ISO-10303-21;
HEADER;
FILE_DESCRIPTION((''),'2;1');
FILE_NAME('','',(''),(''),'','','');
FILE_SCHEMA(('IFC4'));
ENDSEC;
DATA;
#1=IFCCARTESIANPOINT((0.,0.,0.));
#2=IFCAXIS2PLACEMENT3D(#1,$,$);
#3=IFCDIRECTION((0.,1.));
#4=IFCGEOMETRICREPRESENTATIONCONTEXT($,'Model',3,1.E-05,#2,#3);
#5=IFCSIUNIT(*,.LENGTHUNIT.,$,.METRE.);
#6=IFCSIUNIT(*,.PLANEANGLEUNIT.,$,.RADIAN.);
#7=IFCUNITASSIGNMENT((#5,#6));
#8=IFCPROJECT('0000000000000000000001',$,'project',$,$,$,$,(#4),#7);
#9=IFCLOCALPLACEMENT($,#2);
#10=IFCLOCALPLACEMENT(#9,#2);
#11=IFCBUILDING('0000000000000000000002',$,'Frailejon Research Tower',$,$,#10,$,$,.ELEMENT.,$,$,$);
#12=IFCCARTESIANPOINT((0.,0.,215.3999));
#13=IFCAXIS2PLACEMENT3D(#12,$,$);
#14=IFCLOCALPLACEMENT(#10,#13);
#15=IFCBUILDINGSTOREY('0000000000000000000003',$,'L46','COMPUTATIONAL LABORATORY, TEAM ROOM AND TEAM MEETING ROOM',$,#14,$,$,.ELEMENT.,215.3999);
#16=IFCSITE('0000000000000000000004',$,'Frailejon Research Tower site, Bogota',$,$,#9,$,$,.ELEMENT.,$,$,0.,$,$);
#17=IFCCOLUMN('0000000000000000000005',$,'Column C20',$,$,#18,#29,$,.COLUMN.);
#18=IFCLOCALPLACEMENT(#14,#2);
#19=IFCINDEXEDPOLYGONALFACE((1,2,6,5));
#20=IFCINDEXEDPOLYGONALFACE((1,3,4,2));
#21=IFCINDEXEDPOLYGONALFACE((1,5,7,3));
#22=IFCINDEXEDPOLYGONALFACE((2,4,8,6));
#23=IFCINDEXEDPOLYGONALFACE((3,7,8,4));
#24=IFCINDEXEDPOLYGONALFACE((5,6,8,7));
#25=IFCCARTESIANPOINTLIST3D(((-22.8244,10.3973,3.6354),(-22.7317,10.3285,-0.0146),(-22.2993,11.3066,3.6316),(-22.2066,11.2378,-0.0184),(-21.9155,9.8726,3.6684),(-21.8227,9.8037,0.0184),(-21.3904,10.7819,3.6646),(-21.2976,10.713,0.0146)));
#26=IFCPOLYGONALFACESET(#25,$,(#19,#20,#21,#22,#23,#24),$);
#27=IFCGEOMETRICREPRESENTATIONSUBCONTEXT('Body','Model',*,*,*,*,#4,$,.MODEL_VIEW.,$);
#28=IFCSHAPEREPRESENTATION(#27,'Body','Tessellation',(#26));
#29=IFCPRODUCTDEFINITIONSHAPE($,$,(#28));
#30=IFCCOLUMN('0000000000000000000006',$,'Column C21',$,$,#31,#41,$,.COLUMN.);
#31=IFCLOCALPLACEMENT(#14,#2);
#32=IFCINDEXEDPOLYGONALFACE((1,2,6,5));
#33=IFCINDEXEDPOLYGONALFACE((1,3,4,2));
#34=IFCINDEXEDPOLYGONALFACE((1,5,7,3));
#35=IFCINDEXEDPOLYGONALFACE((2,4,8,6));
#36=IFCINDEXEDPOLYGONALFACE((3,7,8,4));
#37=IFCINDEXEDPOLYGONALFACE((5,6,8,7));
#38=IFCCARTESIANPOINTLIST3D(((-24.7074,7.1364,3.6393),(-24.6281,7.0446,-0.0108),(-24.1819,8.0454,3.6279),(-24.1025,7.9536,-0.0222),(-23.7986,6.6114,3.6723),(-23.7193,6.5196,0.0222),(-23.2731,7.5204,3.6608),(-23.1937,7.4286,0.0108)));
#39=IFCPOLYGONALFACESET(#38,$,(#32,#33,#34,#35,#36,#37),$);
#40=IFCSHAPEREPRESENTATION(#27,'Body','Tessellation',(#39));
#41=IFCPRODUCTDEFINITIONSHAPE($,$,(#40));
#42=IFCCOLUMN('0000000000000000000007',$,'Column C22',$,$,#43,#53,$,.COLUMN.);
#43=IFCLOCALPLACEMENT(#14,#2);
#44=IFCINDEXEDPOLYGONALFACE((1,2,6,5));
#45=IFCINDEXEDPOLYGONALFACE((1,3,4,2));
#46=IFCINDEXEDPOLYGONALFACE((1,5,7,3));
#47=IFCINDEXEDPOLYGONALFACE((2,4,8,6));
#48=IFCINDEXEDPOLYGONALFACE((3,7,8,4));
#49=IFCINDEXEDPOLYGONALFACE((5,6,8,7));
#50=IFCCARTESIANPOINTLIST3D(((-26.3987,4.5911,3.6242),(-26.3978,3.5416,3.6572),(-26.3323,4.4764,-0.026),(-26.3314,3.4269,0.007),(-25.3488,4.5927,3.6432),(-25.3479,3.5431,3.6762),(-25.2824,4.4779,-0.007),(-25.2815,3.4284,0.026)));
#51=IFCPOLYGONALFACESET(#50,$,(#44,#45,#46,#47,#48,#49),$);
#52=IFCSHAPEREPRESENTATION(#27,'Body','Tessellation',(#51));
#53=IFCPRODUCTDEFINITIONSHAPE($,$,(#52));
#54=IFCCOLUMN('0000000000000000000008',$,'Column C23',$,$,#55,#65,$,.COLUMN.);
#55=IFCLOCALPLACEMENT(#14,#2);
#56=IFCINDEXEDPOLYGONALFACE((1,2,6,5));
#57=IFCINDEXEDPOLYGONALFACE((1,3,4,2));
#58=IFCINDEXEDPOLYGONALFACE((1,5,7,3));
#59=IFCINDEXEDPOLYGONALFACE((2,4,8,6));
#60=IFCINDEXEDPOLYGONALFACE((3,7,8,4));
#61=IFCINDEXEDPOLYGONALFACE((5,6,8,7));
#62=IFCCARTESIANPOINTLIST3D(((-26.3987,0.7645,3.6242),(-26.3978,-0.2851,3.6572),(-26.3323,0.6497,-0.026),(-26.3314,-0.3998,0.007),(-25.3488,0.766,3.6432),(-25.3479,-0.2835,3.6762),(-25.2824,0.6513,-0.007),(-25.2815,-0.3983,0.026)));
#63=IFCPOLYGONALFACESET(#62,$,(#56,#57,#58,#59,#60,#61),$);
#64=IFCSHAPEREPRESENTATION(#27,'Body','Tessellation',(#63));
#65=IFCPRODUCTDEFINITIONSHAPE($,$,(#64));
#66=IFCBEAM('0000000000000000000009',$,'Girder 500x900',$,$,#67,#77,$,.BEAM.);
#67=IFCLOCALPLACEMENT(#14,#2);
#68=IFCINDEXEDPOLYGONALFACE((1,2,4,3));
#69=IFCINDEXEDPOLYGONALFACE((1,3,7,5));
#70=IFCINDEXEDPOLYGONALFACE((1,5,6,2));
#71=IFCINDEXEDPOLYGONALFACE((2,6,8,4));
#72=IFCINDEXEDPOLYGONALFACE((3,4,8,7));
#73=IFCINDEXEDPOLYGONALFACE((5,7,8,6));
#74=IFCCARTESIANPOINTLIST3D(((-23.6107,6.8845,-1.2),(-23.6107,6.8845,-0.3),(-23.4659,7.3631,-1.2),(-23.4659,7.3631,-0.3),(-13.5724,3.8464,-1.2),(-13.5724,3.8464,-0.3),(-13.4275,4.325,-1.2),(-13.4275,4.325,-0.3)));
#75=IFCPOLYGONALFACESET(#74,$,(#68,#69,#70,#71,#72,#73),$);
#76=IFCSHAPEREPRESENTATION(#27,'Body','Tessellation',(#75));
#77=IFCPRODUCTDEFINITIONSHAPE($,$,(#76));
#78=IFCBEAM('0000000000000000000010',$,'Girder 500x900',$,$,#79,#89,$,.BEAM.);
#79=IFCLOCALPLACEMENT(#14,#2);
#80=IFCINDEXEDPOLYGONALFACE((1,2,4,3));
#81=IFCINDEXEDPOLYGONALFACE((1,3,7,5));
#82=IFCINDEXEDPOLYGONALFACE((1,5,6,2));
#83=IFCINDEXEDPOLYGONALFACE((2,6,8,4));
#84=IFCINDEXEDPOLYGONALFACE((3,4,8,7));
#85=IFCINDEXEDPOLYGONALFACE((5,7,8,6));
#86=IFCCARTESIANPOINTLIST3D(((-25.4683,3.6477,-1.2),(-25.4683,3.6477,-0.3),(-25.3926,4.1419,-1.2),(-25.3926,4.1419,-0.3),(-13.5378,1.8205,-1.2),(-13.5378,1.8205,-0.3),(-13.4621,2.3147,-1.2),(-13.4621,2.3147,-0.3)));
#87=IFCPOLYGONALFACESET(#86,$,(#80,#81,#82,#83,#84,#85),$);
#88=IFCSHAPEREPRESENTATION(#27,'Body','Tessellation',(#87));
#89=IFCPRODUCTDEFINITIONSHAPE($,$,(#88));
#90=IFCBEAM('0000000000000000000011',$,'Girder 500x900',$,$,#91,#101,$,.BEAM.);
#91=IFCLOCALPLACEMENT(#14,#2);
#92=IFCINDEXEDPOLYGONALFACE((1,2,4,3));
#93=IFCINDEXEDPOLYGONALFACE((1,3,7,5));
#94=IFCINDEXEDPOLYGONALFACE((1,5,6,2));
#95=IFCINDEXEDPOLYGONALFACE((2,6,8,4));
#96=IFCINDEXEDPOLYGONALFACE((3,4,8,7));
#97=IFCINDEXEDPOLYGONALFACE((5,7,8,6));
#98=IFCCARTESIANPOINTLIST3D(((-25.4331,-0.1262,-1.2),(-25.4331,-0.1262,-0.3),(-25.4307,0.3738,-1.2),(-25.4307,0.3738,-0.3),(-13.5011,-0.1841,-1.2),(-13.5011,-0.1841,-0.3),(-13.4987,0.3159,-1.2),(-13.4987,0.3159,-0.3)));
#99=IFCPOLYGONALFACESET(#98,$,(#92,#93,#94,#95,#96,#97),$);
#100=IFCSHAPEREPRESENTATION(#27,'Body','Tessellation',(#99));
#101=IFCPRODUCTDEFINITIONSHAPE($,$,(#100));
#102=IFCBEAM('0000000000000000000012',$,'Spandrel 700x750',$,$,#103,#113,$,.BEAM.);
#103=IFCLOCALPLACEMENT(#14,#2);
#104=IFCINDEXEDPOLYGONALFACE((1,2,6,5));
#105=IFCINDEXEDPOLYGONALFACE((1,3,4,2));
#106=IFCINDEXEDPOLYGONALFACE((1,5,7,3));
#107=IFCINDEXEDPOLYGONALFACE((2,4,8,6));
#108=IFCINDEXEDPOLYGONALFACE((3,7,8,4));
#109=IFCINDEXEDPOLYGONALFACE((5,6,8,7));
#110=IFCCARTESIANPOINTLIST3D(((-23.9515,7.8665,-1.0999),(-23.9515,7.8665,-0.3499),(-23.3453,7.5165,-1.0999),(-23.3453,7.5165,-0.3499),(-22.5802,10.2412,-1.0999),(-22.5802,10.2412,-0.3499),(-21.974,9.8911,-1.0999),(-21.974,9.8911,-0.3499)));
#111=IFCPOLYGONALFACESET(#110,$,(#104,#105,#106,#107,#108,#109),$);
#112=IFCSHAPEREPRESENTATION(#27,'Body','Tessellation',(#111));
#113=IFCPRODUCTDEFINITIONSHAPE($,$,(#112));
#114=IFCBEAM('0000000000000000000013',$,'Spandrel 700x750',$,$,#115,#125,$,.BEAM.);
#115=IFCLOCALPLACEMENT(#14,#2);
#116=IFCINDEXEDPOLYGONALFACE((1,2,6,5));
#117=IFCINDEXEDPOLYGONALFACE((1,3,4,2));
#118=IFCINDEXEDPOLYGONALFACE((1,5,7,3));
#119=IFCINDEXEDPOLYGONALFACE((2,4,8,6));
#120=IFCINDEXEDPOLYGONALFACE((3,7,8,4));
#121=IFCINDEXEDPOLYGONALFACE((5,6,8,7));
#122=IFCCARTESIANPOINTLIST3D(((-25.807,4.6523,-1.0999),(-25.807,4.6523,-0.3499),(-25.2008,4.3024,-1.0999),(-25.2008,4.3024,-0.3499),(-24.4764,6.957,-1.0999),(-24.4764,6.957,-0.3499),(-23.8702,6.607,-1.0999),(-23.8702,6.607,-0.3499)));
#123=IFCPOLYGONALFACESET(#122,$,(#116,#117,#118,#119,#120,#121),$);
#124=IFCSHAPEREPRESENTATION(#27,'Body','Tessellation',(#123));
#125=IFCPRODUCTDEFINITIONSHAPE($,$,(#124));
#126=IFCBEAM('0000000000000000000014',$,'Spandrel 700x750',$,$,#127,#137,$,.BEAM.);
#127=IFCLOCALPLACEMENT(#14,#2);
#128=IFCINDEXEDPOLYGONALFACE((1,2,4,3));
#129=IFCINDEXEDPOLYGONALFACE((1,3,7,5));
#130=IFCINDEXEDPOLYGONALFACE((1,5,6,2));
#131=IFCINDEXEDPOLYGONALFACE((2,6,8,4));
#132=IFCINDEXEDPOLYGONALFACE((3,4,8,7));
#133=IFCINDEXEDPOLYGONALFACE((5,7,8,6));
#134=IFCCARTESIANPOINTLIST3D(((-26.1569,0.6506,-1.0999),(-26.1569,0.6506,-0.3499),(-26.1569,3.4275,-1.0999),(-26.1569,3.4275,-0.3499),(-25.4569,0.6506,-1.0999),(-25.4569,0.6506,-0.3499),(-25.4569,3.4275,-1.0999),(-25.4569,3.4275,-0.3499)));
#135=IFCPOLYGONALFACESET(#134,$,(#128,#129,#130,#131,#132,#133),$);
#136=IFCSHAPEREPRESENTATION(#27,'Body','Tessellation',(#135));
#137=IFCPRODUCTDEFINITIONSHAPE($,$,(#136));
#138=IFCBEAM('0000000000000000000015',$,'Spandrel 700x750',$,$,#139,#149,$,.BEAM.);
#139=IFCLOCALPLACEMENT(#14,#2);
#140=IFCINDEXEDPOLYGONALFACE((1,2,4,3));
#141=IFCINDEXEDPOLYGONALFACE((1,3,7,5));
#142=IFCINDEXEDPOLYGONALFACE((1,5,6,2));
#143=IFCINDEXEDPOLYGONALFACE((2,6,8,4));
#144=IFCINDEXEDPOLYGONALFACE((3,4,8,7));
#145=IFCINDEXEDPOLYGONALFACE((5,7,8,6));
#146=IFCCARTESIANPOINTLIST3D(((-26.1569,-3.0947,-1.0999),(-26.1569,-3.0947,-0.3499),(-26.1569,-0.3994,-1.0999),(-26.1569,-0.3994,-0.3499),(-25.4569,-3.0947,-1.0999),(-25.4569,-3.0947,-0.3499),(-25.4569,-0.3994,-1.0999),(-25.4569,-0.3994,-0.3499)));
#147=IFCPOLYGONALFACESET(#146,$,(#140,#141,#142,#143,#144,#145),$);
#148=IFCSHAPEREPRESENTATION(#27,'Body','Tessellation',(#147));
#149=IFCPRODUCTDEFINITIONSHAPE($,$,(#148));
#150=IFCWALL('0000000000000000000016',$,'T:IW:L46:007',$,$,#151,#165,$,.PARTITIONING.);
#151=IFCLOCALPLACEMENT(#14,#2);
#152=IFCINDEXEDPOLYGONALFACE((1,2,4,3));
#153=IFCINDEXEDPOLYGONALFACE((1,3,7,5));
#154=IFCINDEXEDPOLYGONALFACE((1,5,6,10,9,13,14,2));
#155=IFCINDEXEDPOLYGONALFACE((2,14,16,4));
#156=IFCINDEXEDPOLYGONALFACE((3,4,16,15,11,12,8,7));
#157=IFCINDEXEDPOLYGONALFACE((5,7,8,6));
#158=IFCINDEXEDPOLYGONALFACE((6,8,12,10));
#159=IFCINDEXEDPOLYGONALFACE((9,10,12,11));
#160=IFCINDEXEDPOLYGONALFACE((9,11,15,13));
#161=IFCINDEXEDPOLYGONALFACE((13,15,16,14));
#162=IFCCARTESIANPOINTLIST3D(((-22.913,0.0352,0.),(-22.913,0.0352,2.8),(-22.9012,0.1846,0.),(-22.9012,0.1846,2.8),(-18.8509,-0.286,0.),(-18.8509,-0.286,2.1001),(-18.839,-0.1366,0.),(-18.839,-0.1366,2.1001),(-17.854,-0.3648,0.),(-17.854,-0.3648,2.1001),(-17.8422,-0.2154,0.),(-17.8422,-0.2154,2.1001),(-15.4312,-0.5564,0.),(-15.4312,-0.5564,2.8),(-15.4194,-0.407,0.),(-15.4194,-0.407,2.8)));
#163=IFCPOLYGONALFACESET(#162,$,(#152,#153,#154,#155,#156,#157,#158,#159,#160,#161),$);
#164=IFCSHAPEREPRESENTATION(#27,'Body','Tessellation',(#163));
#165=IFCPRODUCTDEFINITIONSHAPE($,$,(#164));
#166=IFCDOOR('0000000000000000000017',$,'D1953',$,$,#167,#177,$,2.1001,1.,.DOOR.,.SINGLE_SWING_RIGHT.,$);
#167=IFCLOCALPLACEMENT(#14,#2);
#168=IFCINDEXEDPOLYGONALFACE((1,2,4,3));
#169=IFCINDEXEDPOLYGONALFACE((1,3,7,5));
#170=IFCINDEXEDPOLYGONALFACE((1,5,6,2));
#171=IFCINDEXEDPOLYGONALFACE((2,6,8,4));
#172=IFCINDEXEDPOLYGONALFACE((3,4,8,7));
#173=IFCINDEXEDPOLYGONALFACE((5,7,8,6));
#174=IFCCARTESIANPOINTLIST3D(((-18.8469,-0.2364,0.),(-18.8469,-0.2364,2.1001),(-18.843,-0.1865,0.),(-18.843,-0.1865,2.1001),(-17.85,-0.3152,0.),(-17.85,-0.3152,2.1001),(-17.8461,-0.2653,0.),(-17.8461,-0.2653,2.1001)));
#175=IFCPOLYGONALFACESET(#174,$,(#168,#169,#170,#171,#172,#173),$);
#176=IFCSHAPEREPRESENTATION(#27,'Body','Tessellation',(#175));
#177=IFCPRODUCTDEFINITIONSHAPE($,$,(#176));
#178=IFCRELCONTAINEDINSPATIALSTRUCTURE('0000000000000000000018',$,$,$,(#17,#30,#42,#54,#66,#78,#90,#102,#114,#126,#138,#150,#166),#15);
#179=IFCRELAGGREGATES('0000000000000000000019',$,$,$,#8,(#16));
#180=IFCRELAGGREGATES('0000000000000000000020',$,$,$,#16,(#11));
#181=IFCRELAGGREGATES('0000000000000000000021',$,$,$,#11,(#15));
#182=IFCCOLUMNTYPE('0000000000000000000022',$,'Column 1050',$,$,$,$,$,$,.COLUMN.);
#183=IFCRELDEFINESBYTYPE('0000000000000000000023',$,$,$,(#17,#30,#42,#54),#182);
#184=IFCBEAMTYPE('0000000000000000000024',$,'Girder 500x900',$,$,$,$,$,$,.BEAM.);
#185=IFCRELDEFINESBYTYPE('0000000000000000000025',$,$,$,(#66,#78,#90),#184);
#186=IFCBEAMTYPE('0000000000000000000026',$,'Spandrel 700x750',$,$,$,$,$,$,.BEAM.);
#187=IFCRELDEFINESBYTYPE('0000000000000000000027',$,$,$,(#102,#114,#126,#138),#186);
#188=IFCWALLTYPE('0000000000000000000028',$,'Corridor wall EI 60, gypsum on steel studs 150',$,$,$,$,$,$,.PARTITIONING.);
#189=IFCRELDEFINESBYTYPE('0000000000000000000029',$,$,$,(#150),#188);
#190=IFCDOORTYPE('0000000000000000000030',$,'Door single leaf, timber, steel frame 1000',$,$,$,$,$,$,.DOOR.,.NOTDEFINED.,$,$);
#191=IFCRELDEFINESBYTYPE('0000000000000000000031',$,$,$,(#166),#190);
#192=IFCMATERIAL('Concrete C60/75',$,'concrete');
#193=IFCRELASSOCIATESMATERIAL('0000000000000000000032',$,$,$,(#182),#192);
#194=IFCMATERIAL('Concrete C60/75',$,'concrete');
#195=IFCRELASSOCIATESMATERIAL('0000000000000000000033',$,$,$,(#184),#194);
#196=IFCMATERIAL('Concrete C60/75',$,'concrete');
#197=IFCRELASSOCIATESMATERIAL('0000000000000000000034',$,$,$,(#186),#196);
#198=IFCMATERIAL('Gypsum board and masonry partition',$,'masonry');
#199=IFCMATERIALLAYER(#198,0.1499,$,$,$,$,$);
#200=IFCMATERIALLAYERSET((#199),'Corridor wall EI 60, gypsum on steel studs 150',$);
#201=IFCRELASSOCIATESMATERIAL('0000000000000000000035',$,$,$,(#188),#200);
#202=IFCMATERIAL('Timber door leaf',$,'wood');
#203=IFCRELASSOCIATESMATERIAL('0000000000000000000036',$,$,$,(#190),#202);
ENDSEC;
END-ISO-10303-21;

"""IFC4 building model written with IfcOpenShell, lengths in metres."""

from ifc_helpers import new_model, si_unit, direction, frame, frame_2d, origin, origin_2d, place, context, subcontext, project, spatial, rectangle, extrude, material, layer, layer_set, material_profile, profile_set, type_object, element, fill, save


model = new_model("IFC4")

# Units and contexts
model_context = context("Model", 3, precision=1e-05, world=origin(), true_north=direction((0.0, 1.0)))
body_context = subcontext(model_context, "Body", "Model", "MODEL_VIEW")
ifc_project = project(units=[si_unit("LENGTHUNIT", "METRE"), si_unit("PLANEANGLEUNIT", "RADIAN")], contexts=[model_context])

# Site, building, storey
site_placement = place(None, origin())
site = spatial("IfcSite", under=ifc_project, at=site_placement, Name="Frailejon Research Tower site, Bogota", CompositionType="ELEMENT", RefElevation=0.0)
building_placement = place(site_placement, origin())
building = spatial("IfcBuilding", under=site, at=building_placement, Name="Frailejon Research Tower", CompositionType="ELEMENT")
storey_placement = place(building_placement, frame((0.0, 0.0, 215.3999)))
storey = spatial("IfcBuildingStorey", under=building, at=storey_placement, Name="L46", Description="COMPUTATIONAL LABORATORY, TEAM ROOM AND TEAM MEETING ROOM", CompositionType="ELEMENT", Elevation=215.3999)

# Columns
ifc_material_1 = material(Name="Concrete C60/75", Category="concrete")
ifc_material_profile_1 = material_profile(ifc_material_1, rectangle(XDim=1.05, YDim=1.05, at=origin_2d()), Name="Column 1050")
ifc_profile_set_1 = profile_set([ifc_material_profile_1], Name="Concrete C60/75")
column_type = type_object("IfcColumnType", Name="Column 1050", PredefinedType="COLUMN", material=ifc_profile_set_1)
column_1_placement = place(storey_placement, frame((-22.0146, 10.5208, 0.0), z_axis=(-0.025404, 0.018852, 0.9995), x_axis=(-0.500084, -0.865969, 0.003623)))
element("IfcColumn", 1, at=column_1_placement, inside=storey, type_object=column_type, Name="Column C20", PredefinedType="COLUMN", context=body_context, shape_type="SweptSolid", body=[
    extrude(rectangle(XDim=1.05, YDim=1.05, at=origin_2d()), origin(), (0.0, 0.0, 1.0), 3.6519),
])
column_2_placement = place(storey_placement, frame((-23.9109, 7.2366, 0.0), z_axis=(-0.021726, 0.025135, 0.999448), x_axis=(-0.500489, -0.865674, 0.010891)))
element("IfcColumn", 2, at=column_2_placement, inside=storey, type_object=column_type, Name="Column C21", PredefinedType="COLUMN", context=body_context, shape_type="SweptSolid", body=[
    extrude(rectangle(XDim=1.05, YDim=1.05, at=origin_2d()), origin(), (0.0, 0.0, 1.0), 3.6521),
])
for number, where, z_axis, x_axis, name in (
    (3, (-25.8069, 3.9524, 0.0), (-0.018181, 0.031415, 0.999341), (0.000893, -0.999505, 0.031437), "Column C22"),
    (4, (-25.8069, 0.1257, 0.0), (-0.018181, 0.031415, 0.999341), (0.000893, -0.999505, 0.031437), "Column C23"),
):
    element("IfcColumn", number, at=place(storey_placement, frame(where, z_axis=z_axis, x_axis=x_axis)), inside=storey, type_object=column_type, Name=name, PredefinedType="COLUMN", context=body_context, shape_type="SweptSolid", body=[
        extrude(rectangle(XDim=1.05, YDim=1.05, at=origin_2d()), origin(), (0.0, 0.0, 1.0), 3.6526),
    ])

# Beams
ifc_material_2 = material(Name="Concrete C60/75", Category="concrete")
ifc_material_profile_2 = material_profile(ifc_material_2, rectangle(XDim=0.5, YDim=0.8999, at=origin_2d()), Name="Girder 500x900")
ifc_profile_set_2 = profile_set([ifc_material_profile_2], Name="Concrete C60/75")
beam_type_1 = type_object("IfcBeamType", Name="Girder 500x900", PredefinedType="BEAM", material=ifc_profile_set_2)
beam_1_placement = place(storey_placement, frame((-23.5383, 7.1238, -0.75), z_axis=(0.957126, -0.289673, 0.0), x_axis=(0.289673, 0.957126, 0.0)))
element("IfcBeam", 5, at=beam_1_placement, inside=storey, type_object=beam_type_1, Name="Girder 500x900", PredefinedType="BEAM", context=body_context, shape_type="SweptSolid", body=[
    extrude(rectangle(XDim=0.5, YDim=0.8999, at=origin_2d()), origin(), (0.0, 0.0, 1.0), 10.488),
])
beam_2_placement = place(storey_placement, frame((-25.4304, 3.8948, -0.75), z_axis=(0.988475, -0.151385, 0.0), x_axis=(0.151385, 0.988475, 0.0)))
element("IfcBeam", 6, at=beam_2_placement, inside=storey, type_object=beam_type_1, Name="Girder 500x900", PredefinedType="BEAM", context=body_context, shape_type="SweptSolid", body=[
    extrude(rectangle(XDim=0.5, YDim=0.8999, at=origin_2d()), origin(), (0.0, 0.0, 1.0), 12.0696),
])
beam_3_placement = place(storey_placement, frame((-25.4319, 0.1238, -0.75), z_axis=(0.999988, -0.004849, 0.0), x_axis=(0.004849, 0.999988, 0.0)))
element("IfcBeam", 7, at=beam_3_placement, inside=storey, type_object=beam_type_1, Name="Girder 500x900", PredefinedType="BEAM", context=body_context, shape_type="SweptSolid", body=[
    extrude(rectangle(XDim=0.5, YDim=0.8999, at=origin_2d()), origin(), (0.0, 0.0, 1.0), 11.9321),
])
ifc_material_3 = material(Name="Concrete C60/75", Category="concrete")
ifc_material_profile_3 = material_profile(ifc_material_3, rectangle(XDim=0.7, YDim=0.75, at=origin_2d()), Name="Spandrel 700x750")
ifc_profile_set_3 = profile_set([ifc_material_profile_3], Name="Concrete C60/75")
beam_type_2 = type_object("IfcBeamType", Name="Spandrel 700x750", PredefinedType="BEAM", material=ifc_profile_set_3)
beam_4_placement = place(storey_placement, frame((-22.2771, 10.0662, -0.7249), z_axis=(-0.500074, -0.865982, 0.0), x_axis=(0.865982, -0.500074, 0.0)))
element("IfcBeam", 8, at=beam_4_placement, inside=storey, type_object=beam_type_2, Name="Spandrel 700x750", PredefinedType="BEAM", context=body_context, shape_type="SweptSolid", body=[
    extrude(rectangle(XDim=0.7, YDim=0.75, at=origin_2d()), origin(), (0.0, 0.0, 1.0), 2.7422),
])
beam_5_placement = place(storey_placement, frame((-24.1733, 6.782, -0.7249), z_axis=(-0.499987, -0.866033, 0.0), x_axis=(0.866033, -0.499987, 0.0)))
element("IfcBeam", 9, at=beam_5_placement, inside=storey, type_object=beam_type_2, Name="Spandrel 700x750", PredefinedType="BEAM", context=body_context, shape_type="SweptSolid", body=[
    extrude(rectangle(XDim=0.7, YDim=0.75, at=origin_2d()), origin(), (0.0, 0.0, 1.0), 2.6611),
])
beam_6_placement = place(storey_placement, frame((-25.8069, 3.4275, -0.7249), z_axis=(0.0, -1.0, 0.0), x_axis=(1.0, 0.0, 0.0)))
element("IfcBeam", 10, at=beam_6_placement, inside=storey, type_object=beam_type_2, Name="Spandrel 700x750", PredefinedType="BEAM", context=body_context, shape_type="SweptSolid", body=[
    extrude(rectangle(XDim=0.7, YDim=0.75, at=origin_2d()), origin(), (0.0, 0.0, 1.0), 2.7769),
])
beam_7_placement = place(storey_placement, frame((-25.8069, -0.3994, -0.7249), z_axis=(0.0, -1.0, 0.0), x_axis=(1.0, 0.0, 0.0)))
element("IfcBeam", 11, at=beam_7_placement, inside=storey, type_object=beam_type_2, Name="Spandrel 700x750", PredefinedType="BEAM", context=body_context, shape_type="SweptSolid", body=[
    extrude(rectangle(XDim=0.7, YDim=0.75, at=origin_2d()), origin(), (0.0, 0.0, 1.0), 2.6953),
])

# Wall, opening, door
ifc_material_4 = material(Name="Gypsum board and masonry partition", Category="masonry")
ifc_layer_1 = layer(ifc_material_4, 0.1499)
ifc_layer_set_1 = layer_set([ifc_layer_1], Name="Corridor wall EI 60, gypsum on steel studs 150")
wall_type_1 = type_object("IfcWallType", Name="Corridor wall EI 60, gypsum on steel studs 150", PredefinedType="PARTITIONING", material=ifc_layer_set_1)
wall_1_placement = place(storey_placement, frame((-22.907, 0.1099, 0.0), z_axis=(0.0, 0.0, 1.0), x_axis=(0.996889, -0.078821, 0.0)))
wall_1 = element("IfcWall", 12, at=wall_1_placement, inside=storey, type_object=wall_type_1, Name="T:IW:L46:007", PredefinedType="PARTITIONING", context=body_context, shape_type="SweptSolid", body=[
    extrude(rectangle(XDim=7.5051, YDim=0.1499, at=frame_2d((3.7524, 0.0))), origin(), (0.0, 0.0, 1.0), 2.8),
])
opening_1_placement = place(wall_1_placement, frame((4.0747, 0.0, 0.0)))
opening_1 = element("IfcOpeningElement", 13, at=opening_1_placement, cuts=wall_1, PredefinedType="OPENING", context=body_context, shape_type="SweptSolid", body=[
    extrude(rectangle(XDim=1.0, YDim=2.1001, at=frame_2d((0.5, 1.05))), frame((0.0, 0.085, 0.0), z_axis=(0.0, -1.0, 0.0), x_axis=(1.0, 0.0, 0.0)), (0.0, 0.0, 1.0), 0.1699),
])
ifc_material_5 = material(Name="Timber door leaf", Category="wood")
door_type = type_object("IfcDoorType", Name="Door single leaf, timber, steel frame 1000", OperationType="NOTDEFINED", PredefinedType="DOOR", material=ifc_material_5)
door_placement = place(opening_1_placement, origin())
door = element("IfcDoor", 14, at=door_placement, inside=storey, type_object=door_type, Name="D1953", OperationType="SINGLE_SWING_RIGHT", OverallHeight=2.1001, OverallWidth=1.0, PredefinedType="DOOR", context=body_context, shape_type="SweptSolid", body=[
    extrude(rectangle(XDim=1.0, YDim=2.1001, at=frame_2d((0.5, 1.05))), frame((0.0, 0.0249, 0.0), z_axis=(0.0, -1.0, 0.0), x_axis=(1.0, 0.0, 0.0)), (0.0, 0.0, 1.0), 0.05),
])
fill(opening_1, door)

save(model, "model.ifc")
